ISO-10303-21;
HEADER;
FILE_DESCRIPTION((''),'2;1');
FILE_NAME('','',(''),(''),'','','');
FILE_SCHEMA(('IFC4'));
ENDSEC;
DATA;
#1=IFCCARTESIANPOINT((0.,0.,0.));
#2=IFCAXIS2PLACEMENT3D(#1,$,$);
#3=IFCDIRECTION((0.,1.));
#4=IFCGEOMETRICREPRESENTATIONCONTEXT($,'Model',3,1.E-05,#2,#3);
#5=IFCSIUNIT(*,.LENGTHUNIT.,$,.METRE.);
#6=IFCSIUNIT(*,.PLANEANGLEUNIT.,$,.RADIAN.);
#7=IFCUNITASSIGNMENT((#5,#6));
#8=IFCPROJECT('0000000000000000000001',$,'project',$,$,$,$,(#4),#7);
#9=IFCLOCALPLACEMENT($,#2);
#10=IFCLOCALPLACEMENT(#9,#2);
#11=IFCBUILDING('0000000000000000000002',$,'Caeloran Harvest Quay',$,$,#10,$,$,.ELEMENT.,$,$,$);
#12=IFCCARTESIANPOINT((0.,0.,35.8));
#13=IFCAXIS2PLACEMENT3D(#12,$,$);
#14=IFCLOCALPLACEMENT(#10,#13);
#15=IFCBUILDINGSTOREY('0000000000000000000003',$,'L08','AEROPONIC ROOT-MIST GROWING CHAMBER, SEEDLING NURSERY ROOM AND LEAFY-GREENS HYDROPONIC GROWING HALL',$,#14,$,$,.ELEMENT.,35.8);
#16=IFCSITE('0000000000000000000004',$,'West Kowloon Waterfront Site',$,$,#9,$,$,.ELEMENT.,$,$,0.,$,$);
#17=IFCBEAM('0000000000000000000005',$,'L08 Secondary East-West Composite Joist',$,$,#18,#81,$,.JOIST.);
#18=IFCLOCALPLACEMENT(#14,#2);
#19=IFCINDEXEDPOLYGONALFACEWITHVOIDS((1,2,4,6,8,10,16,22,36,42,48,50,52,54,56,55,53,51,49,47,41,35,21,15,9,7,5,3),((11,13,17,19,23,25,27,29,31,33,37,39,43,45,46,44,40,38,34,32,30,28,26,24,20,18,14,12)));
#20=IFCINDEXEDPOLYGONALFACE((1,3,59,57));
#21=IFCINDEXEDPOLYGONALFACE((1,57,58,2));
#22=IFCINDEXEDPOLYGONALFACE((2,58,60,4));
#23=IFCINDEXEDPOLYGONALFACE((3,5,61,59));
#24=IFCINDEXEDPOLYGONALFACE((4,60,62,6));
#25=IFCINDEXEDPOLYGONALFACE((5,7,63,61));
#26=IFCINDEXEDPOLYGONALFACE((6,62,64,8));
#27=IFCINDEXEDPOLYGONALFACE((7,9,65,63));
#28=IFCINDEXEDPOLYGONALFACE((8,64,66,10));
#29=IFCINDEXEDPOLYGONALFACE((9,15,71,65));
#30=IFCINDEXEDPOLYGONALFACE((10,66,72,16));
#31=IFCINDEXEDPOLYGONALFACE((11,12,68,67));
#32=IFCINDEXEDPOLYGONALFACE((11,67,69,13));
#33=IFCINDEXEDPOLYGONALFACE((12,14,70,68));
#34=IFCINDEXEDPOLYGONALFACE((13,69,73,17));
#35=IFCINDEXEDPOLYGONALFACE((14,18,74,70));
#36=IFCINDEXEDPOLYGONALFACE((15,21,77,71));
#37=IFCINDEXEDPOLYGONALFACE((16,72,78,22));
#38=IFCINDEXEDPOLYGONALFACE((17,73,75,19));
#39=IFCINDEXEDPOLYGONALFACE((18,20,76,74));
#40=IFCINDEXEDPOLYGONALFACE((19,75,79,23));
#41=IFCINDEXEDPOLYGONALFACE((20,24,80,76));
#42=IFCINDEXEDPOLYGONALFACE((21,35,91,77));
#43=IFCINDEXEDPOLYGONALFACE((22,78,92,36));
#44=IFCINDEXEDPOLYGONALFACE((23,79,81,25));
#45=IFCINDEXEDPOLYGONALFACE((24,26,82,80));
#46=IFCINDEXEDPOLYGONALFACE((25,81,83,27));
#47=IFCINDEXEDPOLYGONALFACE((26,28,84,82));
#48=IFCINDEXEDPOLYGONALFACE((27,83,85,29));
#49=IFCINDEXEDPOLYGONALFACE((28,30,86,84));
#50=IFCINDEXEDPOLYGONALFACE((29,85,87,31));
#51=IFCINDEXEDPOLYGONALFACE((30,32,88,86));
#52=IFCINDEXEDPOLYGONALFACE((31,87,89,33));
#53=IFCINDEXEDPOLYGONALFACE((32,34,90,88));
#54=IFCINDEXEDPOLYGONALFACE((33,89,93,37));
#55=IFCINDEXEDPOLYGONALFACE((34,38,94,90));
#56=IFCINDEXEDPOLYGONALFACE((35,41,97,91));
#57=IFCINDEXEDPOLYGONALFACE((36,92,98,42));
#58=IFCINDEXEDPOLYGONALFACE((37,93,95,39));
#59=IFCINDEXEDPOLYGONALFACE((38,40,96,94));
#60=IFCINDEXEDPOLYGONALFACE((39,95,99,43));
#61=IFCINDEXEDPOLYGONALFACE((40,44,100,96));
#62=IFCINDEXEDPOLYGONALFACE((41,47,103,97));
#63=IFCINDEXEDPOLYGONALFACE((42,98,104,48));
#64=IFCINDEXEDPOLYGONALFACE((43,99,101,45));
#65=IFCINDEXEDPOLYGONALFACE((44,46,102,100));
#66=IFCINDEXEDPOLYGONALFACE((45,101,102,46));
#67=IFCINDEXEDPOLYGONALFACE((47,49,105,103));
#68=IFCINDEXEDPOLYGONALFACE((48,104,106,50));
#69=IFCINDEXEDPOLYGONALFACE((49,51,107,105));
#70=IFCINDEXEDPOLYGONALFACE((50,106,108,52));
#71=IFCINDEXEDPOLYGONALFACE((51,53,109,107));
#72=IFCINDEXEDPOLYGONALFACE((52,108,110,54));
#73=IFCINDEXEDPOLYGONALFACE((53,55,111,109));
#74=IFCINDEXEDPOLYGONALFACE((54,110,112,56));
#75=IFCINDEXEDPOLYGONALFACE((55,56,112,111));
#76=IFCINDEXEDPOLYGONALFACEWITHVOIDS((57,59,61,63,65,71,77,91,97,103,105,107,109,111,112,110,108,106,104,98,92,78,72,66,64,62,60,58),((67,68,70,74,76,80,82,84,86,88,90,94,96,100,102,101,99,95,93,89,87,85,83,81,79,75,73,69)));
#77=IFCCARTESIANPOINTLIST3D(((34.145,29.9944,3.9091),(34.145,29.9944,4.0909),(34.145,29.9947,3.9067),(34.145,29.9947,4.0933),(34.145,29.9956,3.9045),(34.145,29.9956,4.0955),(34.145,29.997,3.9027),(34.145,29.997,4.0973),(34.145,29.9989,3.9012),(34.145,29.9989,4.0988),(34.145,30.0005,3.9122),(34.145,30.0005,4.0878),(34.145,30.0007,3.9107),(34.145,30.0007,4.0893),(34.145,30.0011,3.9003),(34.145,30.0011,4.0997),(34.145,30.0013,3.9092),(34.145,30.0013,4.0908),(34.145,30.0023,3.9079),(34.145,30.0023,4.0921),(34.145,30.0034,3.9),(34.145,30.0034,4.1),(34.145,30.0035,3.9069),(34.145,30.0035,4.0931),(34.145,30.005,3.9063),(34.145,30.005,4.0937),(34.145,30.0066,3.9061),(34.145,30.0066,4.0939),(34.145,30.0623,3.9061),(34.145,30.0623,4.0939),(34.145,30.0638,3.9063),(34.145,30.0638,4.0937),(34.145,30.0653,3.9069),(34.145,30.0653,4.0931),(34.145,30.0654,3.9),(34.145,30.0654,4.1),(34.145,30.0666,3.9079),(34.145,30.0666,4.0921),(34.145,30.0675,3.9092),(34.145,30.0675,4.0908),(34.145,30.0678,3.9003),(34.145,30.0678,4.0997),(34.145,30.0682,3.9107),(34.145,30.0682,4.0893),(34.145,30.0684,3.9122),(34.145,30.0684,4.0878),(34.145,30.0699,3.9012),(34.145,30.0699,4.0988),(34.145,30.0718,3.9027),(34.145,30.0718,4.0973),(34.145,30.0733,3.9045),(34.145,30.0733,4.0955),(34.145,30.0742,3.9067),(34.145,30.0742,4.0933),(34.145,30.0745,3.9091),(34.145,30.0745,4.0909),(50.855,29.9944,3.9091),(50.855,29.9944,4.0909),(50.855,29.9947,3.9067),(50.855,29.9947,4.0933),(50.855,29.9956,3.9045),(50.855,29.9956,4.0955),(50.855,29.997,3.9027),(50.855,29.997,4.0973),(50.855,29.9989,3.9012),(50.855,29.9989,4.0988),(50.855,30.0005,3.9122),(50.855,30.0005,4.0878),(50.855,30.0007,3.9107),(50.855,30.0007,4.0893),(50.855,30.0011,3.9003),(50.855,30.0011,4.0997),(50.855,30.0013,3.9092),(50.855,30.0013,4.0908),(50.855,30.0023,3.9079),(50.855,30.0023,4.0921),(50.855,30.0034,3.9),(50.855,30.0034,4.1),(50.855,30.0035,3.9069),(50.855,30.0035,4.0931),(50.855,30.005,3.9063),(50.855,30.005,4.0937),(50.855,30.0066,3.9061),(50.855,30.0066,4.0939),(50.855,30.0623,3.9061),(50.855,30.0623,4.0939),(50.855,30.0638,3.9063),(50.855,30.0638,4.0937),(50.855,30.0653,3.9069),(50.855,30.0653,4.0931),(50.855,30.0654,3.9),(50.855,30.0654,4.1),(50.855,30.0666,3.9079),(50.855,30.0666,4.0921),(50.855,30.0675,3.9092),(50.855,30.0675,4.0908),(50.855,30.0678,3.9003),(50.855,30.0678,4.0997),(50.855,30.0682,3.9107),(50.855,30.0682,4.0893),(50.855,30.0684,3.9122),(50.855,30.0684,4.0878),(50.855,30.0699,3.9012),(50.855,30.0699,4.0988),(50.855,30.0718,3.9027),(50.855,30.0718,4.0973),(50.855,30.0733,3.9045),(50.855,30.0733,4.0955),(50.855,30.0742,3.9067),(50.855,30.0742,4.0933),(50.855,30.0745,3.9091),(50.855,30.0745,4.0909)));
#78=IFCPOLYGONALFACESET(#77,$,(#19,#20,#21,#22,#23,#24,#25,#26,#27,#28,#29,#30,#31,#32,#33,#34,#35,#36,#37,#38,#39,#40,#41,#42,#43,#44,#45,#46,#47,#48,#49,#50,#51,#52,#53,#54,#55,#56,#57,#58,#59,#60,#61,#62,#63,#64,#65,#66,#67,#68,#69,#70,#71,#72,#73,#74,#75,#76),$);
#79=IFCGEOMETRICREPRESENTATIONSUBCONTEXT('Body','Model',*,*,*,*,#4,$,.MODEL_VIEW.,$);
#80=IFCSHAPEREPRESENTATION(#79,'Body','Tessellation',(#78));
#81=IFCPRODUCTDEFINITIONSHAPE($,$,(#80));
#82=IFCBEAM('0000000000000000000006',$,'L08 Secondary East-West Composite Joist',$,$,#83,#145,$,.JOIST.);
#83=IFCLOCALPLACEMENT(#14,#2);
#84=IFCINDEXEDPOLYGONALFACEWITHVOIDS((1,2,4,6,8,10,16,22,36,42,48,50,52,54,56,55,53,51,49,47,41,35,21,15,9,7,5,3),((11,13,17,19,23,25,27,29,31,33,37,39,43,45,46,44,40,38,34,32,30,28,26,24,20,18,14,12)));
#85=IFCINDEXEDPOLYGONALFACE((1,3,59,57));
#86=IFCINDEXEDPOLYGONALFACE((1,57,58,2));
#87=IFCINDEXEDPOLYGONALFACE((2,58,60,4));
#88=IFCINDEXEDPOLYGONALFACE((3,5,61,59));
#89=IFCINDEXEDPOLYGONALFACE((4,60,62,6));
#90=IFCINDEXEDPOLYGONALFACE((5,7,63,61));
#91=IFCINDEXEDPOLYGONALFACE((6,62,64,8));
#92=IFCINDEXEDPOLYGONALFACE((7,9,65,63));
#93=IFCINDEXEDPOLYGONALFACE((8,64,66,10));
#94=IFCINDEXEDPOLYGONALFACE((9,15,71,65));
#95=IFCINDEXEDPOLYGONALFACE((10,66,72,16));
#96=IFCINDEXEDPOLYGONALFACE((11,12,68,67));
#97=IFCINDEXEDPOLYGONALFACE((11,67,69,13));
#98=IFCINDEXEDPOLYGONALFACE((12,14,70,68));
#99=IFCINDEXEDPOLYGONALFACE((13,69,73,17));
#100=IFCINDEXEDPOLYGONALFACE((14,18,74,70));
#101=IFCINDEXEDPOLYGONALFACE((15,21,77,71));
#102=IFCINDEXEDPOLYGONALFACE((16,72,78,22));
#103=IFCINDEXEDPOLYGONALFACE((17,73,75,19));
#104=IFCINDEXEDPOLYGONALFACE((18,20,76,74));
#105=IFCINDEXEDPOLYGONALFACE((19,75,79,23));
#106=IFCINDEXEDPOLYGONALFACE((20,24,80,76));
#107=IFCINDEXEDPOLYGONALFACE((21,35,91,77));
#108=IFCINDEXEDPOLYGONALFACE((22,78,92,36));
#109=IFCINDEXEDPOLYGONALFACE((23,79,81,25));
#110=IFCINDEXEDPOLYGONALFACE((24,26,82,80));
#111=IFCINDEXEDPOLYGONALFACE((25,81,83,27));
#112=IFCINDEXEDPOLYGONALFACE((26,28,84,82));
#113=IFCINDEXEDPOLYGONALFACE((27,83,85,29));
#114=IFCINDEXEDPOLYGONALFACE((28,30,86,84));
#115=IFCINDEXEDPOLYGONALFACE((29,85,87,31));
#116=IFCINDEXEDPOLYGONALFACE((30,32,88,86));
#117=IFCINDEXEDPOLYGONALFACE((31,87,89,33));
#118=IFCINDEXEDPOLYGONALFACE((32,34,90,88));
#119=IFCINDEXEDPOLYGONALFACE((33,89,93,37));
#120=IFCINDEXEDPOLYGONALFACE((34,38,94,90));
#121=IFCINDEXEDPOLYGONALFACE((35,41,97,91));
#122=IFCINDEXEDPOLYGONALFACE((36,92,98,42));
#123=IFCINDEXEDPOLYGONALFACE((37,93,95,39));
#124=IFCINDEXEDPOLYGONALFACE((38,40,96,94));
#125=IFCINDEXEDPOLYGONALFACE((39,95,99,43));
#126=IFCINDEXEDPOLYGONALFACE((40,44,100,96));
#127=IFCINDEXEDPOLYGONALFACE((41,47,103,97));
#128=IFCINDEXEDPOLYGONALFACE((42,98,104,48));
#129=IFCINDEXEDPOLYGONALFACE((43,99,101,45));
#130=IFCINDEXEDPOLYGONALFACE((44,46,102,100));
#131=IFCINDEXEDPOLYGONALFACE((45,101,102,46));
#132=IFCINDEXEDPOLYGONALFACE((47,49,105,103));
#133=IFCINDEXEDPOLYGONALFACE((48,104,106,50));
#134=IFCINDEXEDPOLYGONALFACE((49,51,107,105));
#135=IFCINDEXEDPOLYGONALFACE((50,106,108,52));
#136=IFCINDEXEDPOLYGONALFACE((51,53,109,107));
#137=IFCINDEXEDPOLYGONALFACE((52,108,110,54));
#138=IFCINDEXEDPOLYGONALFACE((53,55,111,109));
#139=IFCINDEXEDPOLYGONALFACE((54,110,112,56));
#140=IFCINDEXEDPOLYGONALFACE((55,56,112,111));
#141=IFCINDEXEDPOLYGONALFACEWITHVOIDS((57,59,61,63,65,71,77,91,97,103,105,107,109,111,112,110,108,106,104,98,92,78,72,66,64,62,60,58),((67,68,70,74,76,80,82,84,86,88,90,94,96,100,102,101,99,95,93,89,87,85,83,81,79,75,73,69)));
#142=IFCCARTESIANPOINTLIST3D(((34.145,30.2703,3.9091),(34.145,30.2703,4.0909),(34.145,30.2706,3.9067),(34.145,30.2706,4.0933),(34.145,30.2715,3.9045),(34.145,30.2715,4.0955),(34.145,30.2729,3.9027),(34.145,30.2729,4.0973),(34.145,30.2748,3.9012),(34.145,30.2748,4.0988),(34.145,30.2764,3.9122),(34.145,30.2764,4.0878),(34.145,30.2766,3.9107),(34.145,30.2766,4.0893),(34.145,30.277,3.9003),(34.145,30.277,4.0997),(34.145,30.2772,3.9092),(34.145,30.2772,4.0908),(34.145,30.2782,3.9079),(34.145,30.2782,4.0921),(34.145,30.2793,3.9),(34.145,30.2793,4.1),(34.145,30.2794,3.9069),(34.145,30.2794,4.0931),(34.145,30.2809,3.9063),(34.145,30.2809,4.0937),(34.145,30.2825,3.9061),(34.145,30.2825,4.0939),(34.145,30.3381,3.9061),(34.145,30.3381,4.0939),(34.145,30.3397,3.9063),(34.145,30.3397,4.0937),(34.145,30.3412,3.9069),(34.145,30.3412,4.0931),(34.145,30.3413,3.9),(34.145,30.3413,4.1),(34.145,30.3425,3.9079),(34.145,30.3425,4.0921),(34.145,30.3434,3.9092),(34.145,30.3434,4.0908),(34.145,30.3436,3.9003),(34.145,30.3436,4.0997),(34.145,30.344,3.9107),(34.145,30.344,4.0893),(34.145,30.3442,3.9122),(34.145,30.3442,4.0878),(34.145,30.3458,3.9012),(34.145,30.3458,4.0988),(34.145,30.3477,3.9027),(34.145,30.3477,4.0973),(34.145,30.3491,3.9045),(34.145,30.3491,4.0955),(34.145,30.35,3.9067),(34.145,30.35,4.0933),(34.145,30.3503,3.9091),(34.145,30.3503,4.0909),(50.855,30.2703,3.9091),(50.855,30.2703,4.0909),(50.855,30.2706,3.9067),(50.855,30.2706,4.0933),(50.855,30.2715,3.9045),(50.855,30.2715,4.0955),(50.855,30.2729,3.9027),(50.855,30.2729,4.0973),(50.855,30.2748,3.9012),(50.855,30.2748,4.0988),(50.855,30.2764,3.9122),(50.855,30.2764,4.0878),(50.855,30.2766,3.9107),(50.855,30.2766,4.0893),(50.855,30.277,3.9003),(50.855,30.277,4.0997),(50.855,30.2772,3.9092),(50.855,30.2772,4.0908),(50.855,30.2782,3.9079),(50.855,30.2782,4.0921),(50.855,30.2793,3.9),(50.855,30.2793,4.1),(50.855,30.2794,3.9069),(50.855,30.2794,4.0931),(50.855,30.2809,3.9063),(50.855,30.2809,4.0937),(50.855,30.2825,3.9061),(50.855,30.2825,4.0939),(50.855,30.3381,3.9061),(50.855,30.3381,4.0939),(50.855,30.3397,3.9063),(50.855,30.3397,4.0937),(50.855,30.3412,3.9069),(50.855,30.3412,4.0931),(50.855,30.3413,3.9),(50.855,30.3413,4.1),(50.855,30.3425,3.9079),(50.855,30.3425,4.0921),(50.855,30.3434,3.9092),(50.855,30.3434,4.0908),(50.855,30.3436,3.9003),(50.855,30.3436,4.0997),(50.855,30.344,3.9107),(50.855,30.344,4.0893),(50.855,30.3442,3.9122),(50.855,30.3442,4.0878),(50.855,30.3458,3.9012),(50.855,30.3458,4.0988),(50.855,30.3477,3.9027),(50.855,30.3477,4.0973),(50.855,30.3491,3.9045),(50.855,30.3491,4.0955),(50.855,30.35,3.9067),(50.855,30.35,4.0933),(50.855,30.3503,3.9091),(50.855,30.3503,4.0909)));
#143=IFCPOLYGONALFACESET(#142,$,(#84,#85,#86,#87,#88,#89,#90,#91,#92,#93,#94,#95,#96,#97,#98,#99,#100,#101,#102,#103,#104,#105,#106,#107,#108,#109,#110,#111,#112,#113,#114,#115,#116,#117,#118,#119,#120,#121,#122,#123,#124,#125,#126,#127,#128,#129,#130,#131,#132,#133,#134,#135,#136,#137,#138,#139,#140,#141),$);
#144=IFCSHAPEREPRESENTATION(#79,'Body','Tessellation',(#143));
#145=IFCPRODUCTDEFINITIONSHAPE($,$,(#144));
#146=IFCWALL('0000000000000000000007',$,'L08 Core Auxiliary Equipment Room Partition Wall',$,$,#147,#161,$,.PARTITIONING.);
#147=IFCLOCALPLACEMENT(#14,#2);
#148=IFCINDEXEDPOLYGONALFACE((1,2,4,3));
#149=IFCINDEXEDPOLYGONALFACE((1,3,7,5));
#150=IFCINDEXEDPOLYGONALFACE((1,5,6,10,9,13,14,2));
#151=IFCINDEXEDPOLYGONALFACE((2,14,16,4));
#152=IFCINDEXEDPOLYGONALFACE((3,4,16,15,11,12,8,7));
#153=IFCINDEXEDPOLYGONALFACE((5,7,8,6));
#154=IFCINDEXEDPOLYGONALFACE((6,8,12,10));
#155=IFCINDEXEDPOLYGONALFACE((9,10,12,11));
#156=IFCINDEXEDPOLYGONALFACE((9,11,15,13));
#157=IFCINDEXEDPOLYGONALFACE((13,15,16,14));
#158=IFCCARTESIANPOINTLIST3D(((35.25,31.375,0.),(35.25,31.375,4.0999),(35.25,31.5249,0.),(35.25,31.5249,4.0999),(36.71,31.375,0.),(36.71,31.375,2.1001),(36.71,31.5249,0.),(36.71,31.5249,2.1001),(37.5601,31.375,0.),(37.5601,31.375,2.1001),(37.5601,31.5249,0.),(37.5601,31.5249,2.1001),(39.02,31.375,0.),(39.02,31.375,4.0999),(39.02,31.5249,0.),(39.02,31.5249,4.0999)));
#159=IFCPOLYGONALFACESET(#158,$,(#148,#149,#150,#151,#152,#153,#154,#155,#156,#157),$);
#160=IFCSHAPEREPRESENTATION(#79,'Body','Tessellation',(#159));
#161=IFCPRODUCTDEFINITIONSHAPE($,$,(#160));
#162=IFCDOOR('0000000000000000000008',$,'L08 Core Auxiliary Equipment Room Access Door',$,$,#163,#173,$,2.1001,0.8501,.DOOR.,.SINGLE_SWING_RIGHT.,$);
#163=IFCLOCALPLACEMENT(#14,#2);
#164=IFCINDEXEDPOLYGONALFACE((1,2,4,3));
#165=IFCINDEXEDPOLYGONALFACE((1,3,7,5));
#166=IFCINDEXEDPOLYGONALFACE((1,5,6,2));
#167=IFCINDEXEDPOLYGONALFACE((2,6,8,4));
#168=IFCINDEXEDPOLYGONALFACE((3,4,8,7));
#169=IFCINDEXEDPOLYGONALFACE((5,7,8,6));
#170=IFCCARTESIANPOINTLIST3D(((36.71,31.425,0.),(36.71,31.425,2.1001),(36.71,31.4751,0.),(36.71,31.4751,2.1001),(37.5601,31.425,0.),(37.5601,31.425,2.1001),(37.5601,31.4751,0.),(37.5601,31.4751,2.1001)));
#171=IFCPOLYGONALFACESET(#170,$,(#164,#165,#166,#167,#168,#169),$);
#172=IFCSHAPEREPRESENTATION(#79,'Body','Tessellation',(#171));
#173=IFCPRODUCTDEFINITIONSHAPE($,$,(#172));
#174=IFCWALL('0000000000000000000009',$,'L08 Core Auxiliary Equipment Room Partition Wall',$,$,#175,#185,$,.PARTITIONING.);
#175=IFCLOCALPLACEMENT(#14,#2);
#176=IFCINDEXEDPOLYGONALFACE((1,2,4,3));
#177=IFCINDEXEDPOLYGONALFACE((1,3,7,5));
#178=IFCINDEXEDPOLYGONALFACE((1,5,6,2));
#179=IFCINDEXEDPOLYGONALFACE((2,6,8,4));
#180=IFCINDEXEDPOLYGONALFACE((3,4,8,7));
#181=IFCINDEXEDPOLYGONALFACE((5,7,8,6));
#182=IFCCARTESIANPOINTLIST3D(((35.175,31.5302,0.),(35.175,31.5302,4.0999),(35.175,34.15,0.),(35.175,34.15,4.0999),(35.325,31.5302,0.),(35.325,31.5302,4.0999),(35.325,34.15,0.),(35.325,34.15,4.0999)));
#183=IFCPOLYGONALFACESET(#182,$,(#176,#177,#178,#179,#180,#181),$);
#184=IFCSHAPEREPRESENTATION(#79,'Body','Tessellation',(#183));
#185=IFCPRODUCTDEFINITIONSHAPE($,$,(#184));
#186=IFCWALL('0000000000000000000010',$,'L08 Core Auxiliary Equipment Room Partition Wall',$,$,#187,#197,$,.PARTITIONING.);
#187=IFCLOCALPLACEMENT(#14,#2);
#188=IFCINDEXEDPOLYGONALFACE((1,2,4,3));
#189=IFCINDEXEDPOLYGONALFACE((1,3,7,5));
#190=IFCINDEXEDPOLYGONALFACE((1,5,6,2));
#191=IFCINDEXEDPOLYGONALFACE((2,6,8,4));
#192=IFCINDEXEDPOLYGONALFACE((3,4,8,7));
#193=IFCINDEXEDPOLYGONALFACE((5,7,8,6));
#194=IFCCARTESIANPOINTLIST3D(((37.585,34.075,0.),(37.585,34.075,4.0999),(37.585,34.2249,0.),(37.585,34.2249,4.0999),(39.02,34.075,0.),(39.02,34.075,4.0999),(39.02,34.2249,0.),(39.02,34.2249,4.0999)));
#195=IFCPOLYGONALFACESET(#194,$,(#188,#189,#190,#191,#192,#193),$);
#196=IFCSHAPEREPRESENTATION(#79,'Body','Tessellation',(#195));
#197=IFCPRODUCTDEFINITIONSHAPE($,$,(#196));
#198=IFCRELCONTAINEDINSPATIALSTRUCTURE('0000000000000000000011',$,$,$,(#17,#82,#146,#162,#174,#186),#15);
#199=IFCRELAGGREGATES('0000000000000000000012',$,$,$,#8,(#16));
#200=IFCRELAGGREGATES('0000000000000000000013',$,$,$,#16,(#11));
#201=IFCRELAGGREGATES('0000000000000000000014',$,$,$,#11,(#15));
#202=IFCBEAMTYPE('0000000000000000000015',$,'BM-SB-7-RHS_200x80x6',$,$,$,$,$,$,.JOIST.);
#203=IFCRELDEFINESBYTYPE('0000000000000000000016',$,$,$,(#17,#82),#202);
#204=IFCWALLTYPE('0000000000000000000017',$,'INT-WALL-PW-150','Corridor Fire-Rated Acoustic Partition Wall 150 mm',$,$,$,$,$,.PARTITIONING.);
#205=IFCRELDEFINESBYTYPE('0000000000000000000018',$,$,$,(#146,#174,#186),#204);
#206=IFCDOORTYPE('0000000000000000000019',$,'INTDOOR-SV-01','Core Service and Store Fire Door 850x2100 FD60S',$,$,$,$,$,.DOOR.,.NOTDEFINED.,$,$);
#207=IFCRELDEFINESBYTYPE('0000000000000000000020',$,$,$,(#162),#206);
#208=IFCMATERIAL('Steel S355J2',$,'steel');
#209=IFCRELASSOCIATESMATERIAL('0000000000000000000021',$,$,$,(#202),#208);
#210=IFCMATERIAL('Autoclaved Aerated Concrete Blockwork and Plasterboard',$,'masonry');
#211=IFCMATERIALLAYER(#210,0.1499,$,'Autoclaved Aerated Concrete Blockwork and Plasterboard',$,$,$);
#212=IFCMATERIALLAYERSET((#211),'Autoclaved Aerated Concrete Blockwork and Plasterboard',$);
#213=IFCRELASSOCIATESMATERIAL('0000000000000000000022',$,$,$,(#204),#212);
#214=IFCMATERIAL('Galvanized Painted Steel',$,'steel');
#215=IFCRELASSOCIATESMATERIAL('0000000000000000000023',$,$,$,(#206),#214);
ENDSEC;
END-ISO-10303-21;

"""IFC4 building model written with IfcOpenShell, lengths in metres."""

from ifc_helpers import new_model, si_unit, direction, frame, frame_2d, origin, origin_2d, place, context, subcontext, project, spatial, rectangle, hollow_rectangle, extrude, material, layer, layer_set, material_profile, profile_set, type_object, element, fill, save


model = new_model("IFC4")

# Units and contexts
model_context = context("Model", 3, precision=1e-05, world=origin(), true_north=direction((0.0, 1.0)))
body_context = subcontext(model_context, "Body", "Model", "MODEL_VIEW")
ifc_project = project(units=[si_unit("LENGTHUNIT", "METRE"), si_unit("PLANEANGLEUNIT", "RADIAN")], contexts=[model_context])

# Site, building, storey
site_placement = place(None, origin())
site = spatial("IfcSite", under=ifc_project, at=site_placement, Name="West Kowloon Waterfront Site", CompositionType="ELEMENT", RefElevation=0.0)
building_placement = place(site_placement, origin())
building = spatial("IfcBuilding", under=site, at=building_placement, Name="Caeloran Harvest Quay", CompositionType="ELEMENT")
storey_placement = place(building_placement, frame((0.0, 0.0, 35.8)))
storey = spatial("IfcBuildingStorey", under=building, at=storey_placement, Name="L08", Description="AEROPONIC ROOT-MIST GROWING CHAMBER, SEEDLING NURSERY ROOM AND LEAFY-GREENS HYDROPONIC GROWING HALL", CompositionType="ELEMENT", Elevation=35.8)

# Beams
ifc_material_1 = material(Name="Steel S355J2", Category="steel")
ifc_material_profile_1 = material_profile(ifc_material_1, hollow_rectangle(XDim=0.0801, YDim=0.2, WallThickness=0.0061, InnerFilletRadius=0.0061, OuterFilletRadius=0.009, at=origin_2d()), Name="RHS 200x80x6")
ifc_profile_set_1 = profile_set([ifc_material_profile_1], Name="Steel S355J2")
beam_type_1 = type_object("IfcBeamType", Name="BM-SB-7-RHS_200x80x6", PredefinedType="JOIST", material=ifc_profile_set_1)
for number, where, z_axis, x_axis, name in (
    (1, (34.145, 30.0344, 4.0), (1.0, 0.0, 0.0), (0.0, 1.0, 0.0), "L08 Secondary East-West Composite Joist"),
    (2, (34.145, 30.3103, 4.0), (1.0, 0.0, 0.0), (0.0, 1.0, 0.0), "L08 Secondary East-West Composite Joist"),
):
    element("IfcBeam", number, at=place(storey_placement, frame(where, z_axis=z_axis, x_axis=x_axis)), inside=storey, type_object=beam_type_1, Name=name, PredefinedType="JOIST", context=body_context, shape_type="SweptSolid", body=[
        extrude(hollow_rectangle(XDim=0.0801, YDim=0.2, WallThickness=0.0061, InnerFilletRadius=0.0061, OuterFilletRadius=0.009, at=origin_2d()), origin(), (0.0, 0.0, 1.0), 16.71),
    ])

# Wall, opening, door
ifc_material_2 = material(Name="Autoclaved Aerated Concrete Blockwork and Plasterboard", Category="masonry")
ifc_layer_1 = layer(ifc_material_2, 0.1499, Name="Autoclaved Aerated Concrete Blockwork and Plasterboard")
ifc_layer_set_1 = layer_set([ifc_layer_1], Name="Autoclaved Aerated Concrete Blockwork and Plasterboard")
wall_type_1 = type_object("IfcWallType", Name="INT-WALL-PW-150", Description="Corridor Fire-Rated Acoustic Partition Wall 150 mm", PredefinedType="PARTITIONING", material=ifc_layer_set_1)
wall_1_placement = place(storey_placement, frame((39.02, 31.45, 0.0), z_axis=(0.0, 0.0, 1.0), x_axis=(-1.0, 0.0, 0.0)))
wall_1 = element("IfcWall", 3, at=wall_1_placement, inside=storey, type_object=wall_type_1, Name="L08 Core Auxiliary Equipment Room Partition Wall", PredefinedType="PARTITIONING", context=body_context, shape_type="SweptSolid", body=[
    extrude(rectangle(XDim=3.77, YDim=0.1499, at=frame_2d((1.885, 0.0))), origin(), (0.0, 0.0, 1.0), 4.0999),
])
opening_1_placement = place(wall_1_placement, frame((1.46, 0.0, 0.0)))
opening_1 = element("IfcOpeningElement", 4, at=opening_1_placement, cuts=wall_1, PredefinedType="OPENING", context=body_context, shape_type="SweptSolid", body=[
    extrude(rectangle(XDim=0.8501, YDim=2.1001, at=frame_2d((0.425, 1.05))), frame((0.0, 0.085, 0.0), z_axis=(0.0, -1.0, 0.0), x_axis=(1.0, 0.0, 0.0)), (0.0, 0.0, 1.0), 0.1699),
])
ifc_material_3 = material(Name="Galvanized Painted Steel", Category="steel")
door_type_1 = type_object("IfcDoorType", Name="INTDOOR-SV-01", Description="Core Service and Store Fire Door 850x2100 FD60S", OperationType="NOTDEFINED", PredefinedType="DOOR", material=ifc_material_3)
door_1_placement = place(opening_1_placement, origin())
door_1 = element("IfcDoor", 5, at=door_1_placement, inside=storey, type_object=door_type_1, Name="L08 Core Auxiliary Equipment Room Access Door", OperationType="SINGLE_SWING_RIGHT", OverallHeight=2.1001, OverallWidth=0.8501, PredefinedType="DOOR", context=body_context, shape_type="SweptSolid", body=[
    extrude(rectangle(XDim=0.8501, YDim=2.1001, at=frame_2d((0.425, 1.05))), frame((0.0, 0.0249, 0.0), z_axis=(0.0, -1.0, 0.0), x_axis=(1.0, 0.0, 0.0)), (0.0, 0.0, 1.0), 0.05),
])
fill(opening_1, door_1)

# Walls
wall_2_placement = place(storey_placement, frame((35.25, 31.53, 0.0), z_axis=(0.0, 0.0, 1.0), x_axis=(0.0, 1.0, 0.0)))
element("IfcWall", 6, at=wall_2_placement, inside=storey, type_object=wall_type_1, Name="L08 Core Auxiliary Equipment Room Partition Wall", PredefinedType="PARTITIONING", context=body_context, shape_type="SweptSolid", body=[
    extrude(rectangle(XDim=2.6199, YDim=0.1499, at=frame_2d((1.3101, 0.0))), origin(), (0.0, 0.0, 1.0), 4.0999),
])
wall_3_placement = place(storey_placement, frame((37.585, 34.1499, 0.0), z_axis=(0.0, 0.0, 1.0), x_axis=(1.0, 0.0, 0.0)))
element("IfcWall", 7, at=wall_3_placement, inside=storey, type_object=wall_type_1, Name="L08 Core Auxiliary Equipment Room Partition Wall", PredefinedType="PARTITIONING", context=body_context, shape_type="SweptSolid", body=[
    extrude(rectangle(XDim=1.4351, YDim=0.1499, at=frame_2d((0.7175, 0.0))), origin(), (0.0, 0.0, 1.0), 4.0999),
])

save(model, "model.ifc")
